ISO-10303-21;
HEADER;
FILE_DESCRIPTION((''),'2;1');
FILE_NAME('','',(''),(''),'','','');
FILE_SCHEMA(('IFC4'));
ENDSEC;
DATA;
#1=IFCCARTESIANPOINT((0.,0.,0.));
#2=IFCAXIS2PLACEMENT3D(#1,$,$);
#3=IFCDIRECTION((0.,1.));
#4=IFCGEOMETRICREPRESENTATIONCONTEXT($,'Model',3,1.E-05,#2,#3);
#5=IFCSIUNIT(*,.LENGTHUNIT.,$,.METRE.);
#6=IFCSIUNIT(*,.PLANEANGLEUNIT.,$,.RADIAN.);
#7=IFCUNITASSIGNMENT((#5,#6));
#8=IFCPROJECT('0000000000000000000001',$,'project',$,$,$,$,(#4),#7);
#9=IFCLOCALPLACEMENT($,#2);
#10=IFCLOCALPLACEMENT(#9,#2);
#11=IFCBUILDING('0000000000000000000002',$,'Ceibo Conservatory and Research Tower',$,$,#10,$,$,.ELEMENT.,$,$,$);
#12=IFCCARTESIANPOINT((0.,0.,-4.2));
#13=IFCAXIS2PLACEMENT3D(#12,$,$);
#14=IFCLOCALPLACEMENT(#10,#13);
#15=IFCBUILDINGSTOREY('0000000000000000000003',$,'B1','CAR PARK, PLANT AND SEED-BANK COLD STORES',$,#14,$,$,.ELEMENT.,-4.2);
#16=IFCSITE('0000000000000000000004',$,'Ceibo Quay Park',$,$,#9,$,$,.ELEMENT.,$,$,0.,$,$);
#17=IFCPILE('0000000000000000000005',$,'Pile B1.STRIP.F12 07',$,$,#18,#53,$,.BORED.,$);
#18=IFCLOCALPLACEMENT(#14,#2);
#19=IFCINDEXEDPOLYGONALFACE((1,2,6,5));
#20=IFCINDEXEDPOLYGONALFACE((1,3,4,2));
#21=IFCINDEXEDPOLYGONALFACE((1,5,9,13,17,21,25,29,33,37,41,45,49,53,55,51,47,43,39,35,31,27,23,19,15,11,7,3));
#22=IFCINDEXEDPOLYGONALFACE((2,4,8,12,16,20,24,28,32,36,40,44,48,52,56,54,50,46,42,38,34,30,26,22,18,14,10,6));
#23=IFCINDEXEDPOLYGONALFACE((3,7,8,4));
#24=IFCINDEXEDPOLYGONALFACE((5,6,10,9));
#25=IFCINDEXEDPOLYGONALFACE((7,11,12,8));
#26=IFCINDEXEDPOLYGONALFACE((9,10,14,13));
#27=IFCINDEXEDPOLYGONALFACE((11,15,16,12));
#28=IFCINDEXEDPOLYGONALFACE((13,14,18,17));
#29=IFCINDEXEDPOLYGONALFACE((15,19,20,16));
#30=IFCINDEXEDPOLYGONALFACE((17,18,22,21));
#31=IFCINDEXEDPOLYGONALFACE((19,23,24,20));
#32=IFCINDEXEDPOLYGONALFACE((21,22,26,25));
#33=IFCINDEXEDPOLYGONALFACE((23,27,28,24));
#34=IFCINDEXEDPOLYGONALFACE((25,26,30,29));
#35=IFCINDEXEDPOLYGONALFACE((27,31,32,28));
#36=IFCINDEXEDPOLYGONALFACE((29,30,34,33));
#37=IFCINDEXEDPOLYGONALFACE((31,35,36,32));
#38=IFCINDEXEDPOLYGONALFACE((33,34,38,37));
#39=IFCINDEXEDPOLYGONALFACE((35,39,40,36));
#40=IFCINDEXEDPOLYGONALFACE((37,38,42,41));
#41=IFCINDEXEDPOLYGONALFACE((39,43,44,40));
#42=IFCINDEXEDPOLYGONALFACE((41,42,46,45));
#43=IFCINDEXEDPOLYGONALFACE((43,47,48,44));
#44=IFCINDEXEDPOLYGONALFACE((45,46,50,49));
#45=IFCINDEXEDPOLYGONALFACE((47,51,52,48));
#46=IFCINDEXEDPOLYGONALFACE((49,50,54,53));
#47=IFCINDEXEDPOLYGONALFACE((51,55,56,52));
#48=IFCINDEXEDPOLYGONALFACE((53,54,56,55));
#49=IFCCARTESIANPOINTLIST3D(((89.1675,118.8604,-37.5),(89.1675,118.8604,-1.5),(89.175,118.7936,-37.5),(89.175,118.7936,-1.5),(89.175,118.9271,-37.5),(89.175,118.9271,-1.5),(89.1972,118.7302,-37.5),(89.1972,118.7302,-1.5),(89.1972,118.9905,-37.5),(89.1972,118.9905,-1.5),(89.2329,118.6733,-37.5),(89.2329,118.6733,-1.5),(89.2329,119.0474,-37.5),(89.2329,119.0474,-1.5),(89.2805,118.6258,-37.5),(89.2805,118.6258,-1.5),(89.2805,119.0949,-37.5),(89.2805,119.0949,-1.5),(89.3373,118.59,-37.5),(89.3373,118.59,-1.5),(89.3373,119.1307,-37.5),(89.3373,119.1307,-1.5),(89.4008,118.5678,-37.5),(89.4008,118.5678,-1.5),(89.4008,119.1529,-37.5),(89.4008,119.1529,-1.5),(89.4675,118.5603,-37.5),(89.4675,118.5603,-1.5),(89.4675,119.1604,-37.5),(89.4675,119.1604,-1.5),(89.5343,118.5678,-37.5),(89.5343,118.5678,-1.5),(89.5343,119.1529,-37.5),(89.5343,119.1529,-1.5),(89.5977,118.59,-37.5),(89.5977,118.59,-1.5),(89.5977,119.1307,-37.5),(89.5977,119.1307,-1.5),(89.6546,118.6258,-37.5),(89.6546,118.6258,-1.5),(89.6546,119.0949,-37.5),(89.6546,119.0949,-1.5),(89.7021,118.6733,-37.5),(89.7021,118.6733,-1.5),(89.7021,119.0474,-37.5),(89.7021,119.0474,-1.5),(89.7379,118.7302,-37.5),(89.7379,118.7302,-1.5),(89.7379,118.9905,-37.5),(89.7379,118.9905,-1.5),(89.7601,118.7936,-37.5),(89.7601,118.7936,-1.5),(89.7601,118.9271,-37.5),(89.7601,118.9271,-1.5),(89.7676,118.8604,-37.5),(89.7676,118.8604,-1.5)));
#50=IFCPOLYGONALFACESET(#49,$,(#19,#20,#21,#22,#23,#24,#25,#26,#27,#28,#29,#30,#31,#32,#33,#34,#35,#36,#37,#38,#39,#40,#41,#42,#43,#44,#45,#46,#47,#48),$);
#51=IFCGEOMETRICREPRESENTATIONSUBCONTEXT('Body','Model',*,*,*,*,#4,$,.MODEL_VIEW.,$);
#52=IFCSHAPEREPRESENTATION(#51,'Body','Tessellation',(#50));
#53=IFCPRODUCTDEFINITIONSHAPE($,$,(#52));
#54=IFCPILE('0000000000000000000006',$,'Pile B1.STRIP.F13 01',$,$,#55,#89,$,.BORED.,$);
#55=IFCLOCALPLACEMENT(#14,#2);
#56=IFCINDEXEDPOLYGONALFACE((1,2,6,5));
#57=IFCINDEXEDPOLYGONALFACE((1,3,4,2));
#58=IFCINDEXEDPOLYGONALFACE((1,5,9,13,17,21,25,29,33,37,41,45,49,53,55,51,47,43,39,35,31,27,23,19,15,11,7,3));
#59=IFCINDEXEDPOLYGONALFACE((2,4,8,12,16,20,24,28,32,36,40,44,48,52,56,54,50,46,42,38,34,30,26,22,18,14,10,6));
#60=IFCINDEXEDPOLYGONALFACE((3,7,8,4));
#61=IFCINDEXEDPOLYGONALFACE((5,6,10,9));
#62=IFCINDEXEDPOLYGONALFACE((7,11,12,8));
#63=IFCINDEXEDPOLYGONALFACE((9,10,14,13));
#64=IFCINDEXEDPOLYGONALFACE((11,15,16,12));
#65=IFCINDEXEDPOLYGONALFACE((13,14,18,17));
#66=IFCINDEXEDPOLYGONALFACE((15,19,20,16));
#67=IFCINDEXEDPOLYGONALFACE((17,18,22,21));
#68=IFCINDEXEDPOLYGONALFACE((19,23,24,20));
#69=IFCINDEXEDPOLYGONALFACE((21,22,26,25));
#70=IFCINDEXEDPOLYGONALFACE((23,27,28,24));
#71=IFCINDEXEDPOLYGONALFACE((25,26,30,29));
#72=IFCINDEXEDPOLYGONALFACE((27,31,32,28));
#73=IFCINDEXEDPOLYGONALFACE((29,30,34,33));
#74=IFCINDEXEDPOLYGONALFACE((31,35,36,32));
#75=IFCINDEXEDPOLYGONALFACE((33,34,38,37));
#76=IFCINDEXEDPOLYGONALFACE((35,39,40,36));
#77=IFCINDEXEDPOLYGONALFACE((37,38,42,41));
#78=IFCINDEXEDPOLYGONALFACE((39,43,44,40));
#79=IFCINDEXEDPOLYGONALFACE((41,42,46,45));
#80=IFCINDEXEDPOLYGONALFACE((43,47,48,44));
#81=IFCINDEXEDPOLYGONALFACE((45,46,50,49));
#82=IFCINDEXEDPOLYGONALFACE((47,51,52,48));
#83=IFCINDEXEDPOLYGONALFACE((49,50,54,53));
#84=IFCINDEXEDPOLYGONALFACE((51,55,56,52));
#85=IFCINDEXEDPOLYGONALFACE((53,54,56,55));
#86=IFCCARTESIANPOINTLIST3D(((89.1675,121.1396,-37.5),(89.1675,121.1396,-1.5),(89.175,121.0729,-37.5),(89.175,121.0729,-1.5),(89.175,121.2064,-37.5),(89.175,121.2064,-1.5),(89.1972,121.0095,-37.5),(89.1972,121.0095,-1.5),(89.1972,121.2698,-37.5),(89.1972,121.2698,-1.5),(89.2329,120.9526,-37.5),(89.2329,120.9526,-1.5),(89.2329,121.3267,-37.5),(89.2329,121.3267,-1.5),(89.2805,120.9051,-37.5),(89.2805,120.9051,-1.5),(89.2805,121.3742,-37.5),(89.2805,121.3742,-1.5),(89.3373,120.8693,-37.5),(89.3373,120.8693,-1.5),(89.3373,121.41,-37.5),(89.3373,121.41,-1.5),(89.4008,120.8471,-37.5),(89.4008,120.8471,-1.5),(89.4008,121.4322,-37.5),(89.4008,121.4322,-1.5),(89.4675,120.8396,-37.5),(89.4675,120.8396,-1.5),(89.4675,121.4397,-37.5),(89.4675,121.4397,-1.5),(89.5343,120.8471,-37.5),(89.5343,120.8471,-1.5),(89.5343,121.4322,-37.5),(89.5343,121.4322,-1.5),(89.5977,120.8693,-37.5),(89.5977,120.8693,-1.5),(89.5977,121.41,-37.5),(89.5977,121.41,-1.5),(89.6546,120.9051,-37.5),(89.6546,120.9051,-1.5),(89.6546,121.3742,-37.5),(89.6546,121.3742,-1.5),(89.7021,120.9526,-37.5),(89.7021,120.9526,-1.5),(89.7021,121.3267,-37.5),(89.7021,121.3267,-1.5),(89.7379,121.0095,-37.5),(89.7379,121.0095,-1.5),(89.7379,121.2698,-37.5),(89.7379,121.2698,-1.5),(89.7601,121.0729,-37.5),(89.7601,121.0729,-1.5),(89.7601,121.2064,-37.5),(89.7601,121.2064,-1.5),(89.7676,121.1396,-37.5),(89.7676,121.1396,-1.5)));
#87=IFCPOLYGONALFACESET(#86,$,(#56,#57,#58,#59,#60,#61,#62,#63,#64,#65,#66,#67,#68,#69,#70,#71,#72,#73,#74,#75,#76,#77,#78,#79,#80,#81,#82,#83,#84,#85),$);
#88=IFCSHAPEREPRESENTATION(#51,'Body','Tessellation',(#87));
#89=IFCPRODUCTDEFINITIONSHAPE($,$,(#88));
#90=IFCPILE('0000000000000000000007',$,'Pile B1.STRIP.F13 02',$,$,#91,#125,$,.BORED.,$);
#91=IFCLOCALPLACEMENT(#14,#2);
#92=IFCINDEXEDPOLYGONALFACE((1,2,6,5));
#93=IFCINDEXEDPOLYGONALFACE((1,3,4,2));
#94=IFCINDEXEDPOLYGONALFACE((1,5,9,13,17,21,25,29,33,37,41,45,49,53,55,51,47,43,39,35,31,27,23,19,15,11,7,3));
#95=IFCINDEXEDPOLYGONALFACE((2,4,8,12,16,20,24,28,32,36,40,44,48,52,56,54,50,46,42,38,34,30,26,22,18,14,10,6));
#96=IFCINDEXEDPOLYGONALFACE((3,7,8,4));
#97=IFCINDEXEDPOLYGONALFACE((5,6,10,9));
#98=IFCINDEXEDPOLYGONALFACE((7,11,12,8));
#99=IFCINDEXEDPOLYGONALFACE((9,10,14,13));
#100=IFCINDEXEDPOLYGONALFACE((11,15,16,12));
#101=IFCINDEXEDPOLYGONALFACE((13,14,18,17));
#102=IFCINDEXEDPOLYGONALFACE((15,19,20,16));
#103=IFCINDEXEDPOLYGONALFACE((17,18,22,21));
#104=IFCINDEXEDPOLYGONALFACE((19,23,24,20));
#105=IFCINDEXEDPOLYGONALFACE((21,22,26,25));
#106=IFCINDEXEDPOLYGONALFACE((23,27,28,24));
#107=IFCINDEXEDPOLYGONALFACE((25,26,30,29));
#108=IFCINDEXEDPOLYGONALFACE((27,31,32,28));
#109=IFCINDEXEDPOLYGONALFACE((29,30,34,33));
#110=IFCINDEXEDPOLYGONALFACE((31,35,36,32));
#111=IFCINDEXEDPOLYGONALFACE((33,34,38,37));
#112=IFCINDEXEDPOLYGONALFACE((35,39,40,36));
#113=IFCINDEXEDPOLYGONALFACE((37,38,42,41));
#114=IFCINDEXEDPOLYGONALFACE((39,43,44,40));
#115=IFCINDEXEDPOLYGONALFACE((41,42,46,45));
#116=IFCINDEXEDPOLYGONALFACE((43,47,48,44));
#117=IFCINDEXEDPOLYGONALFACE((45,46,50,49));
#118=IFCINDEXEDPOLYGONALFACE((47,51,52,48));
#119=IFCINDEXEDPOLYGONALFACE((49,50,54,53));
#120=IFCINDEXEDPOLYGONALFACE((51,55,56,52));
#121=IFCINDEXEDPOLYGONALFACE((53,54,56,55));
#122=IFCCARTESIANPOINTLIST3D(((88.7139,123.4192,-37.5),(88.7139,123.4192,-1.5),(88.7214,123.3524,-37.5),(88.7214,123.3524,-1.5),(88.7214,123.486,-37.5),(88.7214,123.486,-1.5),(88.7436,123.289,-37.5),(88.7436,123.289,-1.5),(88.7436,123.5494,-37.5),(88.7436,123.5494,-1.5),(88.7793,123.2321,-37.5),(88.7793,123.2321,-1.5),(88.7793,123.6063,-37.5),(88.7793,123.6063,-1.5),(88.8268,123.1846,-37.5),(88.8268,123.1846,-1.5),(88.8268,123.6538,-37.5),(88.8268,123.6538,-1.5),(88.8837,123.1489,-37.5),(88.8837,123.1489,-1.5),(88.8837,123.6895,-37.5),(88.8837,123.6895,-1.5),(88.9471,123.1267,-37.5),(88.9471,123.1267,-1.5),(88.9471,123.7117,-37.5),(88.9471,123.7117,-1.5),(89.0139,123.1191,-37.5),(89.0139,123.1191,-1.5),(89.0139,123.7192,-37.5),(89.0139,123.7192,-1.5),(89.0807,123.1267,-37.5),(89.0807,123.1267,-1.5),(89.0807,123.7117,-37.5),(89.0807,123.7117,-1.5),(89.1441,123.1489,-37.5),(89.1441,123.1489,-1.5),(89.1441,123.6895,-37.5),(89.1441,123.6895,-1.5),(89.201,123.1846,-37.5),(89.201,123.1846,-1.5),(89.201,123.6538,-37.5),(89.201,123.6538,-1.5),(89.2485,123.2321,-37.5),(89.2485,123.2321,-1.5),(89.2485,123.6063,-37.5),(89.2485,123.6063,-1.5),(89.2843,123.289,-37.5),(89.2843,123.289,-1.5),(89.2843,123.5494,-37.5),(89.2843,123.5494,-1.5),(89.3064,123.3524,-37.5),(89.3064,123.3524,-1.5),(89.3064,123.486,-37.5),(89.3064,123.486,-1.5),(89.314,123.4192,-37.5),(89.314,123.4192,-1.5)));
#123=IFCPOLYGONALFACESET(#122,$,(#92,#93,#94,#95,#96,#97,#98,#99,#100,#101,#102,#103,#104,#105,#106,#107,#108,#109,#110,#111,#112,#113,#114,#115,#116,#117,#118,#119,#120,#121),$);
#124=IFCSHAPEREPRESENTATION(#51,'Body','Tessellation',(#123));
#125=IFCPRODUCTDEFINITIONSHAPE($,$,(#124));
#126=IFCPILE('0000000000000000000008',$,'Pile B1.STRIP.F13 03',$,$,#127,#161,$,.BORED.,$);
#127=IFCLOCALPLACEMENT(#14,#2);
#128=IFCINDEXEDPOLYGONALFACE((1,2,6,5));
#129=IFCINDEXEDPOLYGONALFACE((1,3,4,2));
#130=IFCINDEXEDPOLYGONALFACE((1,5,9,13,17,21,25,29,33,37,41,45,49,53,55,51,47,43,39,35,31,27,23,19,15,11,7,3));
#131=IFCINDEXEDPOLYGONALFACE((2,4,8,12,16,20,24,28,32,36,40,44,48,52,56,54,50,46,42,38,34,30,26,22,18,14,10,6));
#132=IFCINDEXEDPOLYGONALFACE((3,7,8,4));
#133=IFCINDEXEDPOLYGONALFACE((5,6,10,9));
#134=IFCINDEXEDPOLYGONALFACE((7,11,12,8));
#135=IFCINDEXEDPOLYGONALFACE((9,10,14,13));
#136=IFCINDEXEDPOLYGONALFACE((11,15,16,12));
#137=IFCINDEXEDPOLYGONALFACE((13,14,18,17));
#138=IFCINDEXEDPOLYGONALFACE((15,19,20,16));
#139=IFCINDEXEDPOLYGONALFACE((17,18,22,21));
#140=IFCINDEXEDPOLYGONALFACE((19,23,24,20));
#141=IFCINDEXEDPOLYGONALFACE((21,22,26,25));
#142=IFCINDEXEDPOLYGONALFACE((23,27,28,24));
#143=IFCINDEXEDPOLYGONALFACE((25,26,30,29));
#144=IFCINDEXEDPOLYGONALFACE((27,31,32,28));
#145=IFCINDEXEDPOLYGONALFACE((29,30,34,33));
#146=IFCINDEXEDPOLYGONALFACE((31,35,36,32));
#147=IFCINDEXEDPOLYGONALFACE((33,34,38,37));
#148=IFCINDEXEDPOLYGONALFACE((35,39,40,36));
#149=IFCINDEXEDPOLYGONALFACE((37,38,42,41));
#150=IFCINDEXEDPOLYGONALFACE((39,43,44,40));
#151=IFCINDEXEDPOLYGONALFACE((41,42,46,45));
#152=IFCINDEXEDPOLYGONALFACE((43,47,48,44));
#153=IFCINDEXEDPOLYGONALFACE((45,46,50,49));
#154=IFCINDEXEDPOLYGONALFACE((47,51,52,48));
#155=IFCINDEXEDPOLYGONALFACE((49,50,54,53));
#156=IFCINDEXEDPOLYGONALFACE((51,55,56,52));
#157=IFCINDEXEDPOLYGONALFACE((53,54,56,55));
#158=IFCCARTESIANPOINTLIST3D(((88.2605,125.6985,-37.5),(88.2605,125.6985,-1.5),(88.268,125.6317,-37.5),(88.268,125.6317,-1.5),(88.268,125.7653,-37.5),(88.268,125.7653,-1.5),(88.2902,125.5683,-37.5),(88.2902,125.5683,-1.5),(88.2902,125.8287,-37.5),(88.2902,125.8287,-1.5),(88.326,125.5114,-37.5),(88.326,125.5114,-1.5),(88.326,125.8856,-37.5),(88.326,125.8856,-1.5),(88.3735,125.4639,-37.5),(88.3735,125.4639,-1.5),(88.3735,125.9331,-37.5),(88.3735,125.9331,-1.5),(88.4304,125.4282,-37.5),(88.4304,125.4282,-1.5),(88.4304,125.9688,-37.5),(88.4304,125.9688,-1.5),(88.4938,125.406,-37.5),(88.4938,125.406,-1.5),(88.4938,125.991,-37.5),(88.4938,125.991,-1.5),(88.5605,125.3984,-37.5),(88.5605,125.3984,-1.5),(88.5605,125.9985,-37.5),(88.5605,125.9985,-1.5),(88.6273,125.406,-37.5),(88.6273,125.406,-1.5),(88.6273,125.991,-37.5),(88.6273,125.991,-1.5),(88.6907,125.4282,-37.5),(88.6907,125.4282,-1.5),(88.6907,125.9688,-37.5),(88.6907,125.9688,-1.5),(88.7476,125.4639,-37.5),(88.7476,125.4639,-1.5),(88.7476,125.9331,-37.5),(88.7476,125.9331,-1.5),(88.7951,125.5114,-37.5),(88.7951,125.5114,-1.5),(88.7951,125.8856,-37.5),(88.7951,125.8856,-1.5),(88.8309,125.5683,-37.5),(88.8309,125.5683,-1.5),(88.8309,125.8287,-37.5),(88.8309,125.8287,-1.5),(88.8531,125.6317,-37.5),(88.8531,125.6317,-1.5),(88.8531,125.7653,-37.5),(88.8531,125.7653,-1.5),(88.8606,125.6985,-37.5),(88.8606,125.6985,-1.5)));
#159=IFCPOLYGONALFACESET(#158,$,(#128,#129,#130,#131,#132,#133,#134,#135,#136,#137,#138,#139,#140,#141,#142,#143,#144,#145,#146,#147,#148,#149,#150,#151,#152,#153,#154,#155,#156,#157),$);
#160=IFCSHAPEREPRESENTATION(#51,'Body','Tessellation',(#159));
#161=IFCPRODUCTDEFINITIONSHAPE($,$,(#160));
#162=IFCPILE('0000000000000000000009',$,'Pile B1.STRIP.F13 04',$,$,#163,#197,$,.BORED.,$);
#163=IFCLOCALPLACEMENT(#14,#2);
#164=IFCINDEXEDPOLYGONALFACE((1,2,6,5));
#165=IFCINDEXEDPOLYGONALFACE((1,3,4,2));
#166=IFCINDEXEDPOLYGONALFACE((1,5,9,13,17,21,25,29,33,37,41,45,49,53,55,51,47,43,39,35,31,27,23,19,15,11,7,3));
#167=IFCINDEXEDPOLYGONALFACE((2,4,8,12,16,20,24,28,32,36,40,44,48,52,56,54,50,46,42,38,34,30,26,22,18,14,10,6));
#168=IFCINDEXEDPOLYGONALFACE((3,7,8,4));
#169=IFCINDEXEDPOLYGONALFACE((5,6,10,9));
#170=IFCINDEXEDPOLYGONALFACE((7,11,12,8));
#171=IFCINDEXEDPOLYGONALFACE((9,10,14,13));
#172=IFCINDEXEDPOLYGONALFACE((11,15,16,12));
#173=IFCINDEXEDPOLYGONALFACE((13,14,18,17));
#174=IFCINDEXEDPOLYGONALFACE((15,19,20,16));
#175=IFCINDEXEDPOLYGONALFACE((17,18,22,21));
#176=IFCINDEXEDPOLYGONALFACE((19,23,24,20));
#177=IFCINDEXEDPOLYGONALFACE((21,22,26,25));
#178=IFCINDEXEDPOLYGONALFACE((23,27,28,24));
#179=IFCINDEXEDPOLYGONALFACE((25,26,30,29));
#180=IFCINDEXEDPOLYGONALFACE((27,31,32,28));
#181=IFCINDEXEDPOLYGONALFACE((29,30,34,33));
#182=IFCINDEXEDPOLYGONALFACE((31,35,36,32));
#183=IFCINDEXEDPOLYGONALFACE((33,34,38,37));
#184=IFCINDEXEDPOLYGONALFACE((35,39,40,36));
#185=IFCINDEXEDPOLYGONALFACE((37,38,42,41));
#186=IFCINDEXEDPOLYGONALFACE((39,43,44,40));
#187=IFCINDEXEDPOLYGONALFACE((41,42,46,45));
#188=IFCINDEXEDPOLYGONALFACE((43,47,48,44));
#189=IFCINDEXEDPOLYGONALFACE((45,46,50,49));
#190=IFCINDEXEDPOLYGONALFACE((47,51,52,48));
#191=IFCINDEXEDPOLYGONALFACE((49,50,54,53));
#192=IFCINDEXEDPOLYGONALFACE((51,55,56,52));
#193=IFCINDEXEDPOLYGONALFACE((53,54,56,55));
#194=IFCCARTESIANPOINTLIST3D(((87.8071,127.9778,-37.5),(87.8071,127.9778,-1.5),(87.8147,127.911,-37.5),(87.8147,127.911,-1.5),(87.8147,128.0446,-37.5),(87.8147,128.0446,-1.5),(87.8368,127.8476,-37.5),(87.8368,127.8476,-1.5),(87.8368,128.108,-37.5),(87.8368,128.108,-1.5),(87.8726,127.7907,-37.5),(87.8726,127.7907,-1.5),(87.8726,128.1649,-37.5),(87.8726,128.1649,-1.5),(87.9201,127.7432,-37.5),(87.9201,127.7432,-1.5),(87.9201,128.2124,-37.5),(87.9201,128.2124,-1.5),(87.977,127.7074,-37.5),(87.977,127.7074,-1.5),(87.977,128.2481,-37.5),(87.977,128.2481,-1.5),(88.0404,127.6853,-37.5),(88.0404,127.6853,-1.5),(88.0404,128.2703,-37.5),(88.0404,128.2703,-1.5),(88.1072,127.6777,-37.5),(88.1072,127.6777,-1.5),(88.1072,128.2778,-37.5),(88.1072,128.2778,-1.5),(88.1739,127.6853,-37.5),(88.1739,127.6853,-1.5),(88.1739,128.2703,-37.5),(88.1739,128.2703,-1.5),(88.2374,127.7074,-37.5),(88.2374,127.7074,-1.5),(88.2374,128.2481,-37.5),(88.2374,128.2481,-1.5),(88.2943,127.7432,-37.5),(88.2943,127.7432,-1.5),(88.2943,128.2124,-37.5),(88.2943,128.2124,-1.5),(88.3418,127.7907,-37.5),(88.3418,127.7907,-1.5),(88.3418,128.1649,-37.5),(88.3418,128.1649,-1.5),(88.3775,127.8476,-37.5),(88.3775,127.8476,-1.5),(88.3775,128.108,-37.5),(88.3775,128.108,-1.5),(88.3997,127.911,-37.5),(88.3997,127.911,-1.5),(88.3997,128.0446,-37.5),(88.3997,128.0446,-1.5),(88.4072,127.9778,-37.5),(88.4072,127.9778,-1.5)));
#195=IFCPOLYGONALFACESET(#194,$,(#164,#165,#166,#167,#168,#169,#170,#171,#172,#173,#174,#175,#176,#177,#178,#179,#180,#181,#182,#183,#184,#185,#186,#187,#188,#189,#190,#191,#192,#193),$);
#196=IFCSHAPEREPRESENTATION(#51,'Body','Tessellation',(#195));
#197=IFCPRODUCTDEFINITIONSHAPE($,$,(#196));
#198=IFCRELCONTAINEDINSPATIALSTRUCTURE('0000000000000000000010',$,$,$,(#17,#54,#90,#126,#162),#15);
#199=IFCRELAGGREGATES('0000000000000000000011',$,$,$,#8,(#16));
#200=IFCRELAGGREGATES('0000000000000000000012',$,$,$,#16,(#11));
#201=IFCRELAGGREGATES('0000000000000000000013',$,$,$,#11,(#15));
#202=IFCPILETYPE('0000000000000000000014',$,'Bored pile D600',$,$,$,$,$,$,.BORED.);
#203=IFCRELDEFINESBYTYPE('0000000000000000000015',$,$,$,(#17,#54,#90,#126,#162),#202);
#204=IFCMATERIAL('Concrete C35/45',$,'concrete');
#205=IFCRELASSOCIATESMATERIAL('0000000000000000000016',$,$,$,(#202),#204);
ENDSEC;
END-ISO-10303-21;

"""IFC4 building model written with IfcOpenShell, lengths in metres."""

from ifc_helpers import new_model, si_unit, direction, frame, origin, origin_2d, place, context, subcontext, project, spatial, circle, extrude, material, material_profile, profile_set, type_object, element, save


model = new_model("IFC4")

# Units and contexts
model_context = context("Model", 3, precision=1e-05, world=origin(), true_north=direction((0.0, 1.0)))
body_context = subcontext(model_context, "Body", "Model", "MODEL_VIEW")
ifc_project = project(units=[si_unit("LENGTHUNIT", "METRE"), si_unit("PLANEANGLEUNIT", "RADIAN")], contexts=[model_context])

# Site, building, storey
site_placement = place(None, origin())
site = spatial("IfcSite", under=ifc_project, at=site_placement, Name="Ceibo Quay Park", CompositionType="ELEMENT", RefElevation=0.0)
building_placement = place(site_placement, origin())
building = spatial("IfcBuilding", under=site, at=building_placement, Name="Ceibo Conservatory and Research Tower", CompositionType="ELEMENT")
storey_placement = place(building_placement, frame((0.0, 0.0, -4.2)))
storey = spatial("IfcBuildingStorey", under=building, at=storey_placement, Name="B1", Description="CAR PARK, PLANT AND SEED-BANK COLD STORES", CompositionType="ELEMENT", Elevation=-4.2)

# Piles
ifc_material_1 = material(Name="Concrete C35/45", Category="concrete")
ifc_material_profile_1 = material_profile(ifc_material_1, circle(Radius=0.3, at=origin_2d()), Name="RC D600")
ifc_profile_set_1 = profile_set([ifc_material_profile_1], Name="Concrete C35/45")
pile_type_1 = type_object("IfcPileType", Name="Bored pile D600", PredefinedType="BORED", material=ifc_profile_set_1)
for number, where, z_axis, x_axis, name in (
    (1, (89.4675, 118.8604, -1.5), (0.0, 0.0, -1.0), (1.0, 0.0, 0.0), "Pile B1.STRIP.F12 07"),
    (2, (89.4675, 121.1396, -1.5), (0.0, 0.0, -1.0), (1.0, 0.0, 0.0), "Pile B1.STRIP.F13 01"),
    (3, (89.0139, 123.4192, -1.5), (0.0, 0.0, -1.0), (1.0, 0.0, 0.0), "Pile B1.STRIP.F13 02"),
    (4, (88.5605, 125.6985, -1.5), (0.0, 0.0, -1.0), (1.0, 0.0, 0.0), "Pile B1.STRIP.F13 03"),
    (5, (88.1072, 127.9778, -1.5), (0.0, 0.0, -1.0), (1.0, 0.0, 0.0), "Pile B1.STRIP.F13 04"),
):
    element("IfcPile", number, at=place(storey_placement, frame(where, z_axis=z_axis, x_axis=x_axis)), inside=storey, type_object=pile_type_1, Name=name, PredefinedType="BORED", context=body_context, shape_type="SweptSolid", body=[
        extrude(circle(Radius=0.3, at=origin_2d()), origin(), (0.0, 0.0, 1.0), 36.0),
    ])

save(model, "model.ifc")
